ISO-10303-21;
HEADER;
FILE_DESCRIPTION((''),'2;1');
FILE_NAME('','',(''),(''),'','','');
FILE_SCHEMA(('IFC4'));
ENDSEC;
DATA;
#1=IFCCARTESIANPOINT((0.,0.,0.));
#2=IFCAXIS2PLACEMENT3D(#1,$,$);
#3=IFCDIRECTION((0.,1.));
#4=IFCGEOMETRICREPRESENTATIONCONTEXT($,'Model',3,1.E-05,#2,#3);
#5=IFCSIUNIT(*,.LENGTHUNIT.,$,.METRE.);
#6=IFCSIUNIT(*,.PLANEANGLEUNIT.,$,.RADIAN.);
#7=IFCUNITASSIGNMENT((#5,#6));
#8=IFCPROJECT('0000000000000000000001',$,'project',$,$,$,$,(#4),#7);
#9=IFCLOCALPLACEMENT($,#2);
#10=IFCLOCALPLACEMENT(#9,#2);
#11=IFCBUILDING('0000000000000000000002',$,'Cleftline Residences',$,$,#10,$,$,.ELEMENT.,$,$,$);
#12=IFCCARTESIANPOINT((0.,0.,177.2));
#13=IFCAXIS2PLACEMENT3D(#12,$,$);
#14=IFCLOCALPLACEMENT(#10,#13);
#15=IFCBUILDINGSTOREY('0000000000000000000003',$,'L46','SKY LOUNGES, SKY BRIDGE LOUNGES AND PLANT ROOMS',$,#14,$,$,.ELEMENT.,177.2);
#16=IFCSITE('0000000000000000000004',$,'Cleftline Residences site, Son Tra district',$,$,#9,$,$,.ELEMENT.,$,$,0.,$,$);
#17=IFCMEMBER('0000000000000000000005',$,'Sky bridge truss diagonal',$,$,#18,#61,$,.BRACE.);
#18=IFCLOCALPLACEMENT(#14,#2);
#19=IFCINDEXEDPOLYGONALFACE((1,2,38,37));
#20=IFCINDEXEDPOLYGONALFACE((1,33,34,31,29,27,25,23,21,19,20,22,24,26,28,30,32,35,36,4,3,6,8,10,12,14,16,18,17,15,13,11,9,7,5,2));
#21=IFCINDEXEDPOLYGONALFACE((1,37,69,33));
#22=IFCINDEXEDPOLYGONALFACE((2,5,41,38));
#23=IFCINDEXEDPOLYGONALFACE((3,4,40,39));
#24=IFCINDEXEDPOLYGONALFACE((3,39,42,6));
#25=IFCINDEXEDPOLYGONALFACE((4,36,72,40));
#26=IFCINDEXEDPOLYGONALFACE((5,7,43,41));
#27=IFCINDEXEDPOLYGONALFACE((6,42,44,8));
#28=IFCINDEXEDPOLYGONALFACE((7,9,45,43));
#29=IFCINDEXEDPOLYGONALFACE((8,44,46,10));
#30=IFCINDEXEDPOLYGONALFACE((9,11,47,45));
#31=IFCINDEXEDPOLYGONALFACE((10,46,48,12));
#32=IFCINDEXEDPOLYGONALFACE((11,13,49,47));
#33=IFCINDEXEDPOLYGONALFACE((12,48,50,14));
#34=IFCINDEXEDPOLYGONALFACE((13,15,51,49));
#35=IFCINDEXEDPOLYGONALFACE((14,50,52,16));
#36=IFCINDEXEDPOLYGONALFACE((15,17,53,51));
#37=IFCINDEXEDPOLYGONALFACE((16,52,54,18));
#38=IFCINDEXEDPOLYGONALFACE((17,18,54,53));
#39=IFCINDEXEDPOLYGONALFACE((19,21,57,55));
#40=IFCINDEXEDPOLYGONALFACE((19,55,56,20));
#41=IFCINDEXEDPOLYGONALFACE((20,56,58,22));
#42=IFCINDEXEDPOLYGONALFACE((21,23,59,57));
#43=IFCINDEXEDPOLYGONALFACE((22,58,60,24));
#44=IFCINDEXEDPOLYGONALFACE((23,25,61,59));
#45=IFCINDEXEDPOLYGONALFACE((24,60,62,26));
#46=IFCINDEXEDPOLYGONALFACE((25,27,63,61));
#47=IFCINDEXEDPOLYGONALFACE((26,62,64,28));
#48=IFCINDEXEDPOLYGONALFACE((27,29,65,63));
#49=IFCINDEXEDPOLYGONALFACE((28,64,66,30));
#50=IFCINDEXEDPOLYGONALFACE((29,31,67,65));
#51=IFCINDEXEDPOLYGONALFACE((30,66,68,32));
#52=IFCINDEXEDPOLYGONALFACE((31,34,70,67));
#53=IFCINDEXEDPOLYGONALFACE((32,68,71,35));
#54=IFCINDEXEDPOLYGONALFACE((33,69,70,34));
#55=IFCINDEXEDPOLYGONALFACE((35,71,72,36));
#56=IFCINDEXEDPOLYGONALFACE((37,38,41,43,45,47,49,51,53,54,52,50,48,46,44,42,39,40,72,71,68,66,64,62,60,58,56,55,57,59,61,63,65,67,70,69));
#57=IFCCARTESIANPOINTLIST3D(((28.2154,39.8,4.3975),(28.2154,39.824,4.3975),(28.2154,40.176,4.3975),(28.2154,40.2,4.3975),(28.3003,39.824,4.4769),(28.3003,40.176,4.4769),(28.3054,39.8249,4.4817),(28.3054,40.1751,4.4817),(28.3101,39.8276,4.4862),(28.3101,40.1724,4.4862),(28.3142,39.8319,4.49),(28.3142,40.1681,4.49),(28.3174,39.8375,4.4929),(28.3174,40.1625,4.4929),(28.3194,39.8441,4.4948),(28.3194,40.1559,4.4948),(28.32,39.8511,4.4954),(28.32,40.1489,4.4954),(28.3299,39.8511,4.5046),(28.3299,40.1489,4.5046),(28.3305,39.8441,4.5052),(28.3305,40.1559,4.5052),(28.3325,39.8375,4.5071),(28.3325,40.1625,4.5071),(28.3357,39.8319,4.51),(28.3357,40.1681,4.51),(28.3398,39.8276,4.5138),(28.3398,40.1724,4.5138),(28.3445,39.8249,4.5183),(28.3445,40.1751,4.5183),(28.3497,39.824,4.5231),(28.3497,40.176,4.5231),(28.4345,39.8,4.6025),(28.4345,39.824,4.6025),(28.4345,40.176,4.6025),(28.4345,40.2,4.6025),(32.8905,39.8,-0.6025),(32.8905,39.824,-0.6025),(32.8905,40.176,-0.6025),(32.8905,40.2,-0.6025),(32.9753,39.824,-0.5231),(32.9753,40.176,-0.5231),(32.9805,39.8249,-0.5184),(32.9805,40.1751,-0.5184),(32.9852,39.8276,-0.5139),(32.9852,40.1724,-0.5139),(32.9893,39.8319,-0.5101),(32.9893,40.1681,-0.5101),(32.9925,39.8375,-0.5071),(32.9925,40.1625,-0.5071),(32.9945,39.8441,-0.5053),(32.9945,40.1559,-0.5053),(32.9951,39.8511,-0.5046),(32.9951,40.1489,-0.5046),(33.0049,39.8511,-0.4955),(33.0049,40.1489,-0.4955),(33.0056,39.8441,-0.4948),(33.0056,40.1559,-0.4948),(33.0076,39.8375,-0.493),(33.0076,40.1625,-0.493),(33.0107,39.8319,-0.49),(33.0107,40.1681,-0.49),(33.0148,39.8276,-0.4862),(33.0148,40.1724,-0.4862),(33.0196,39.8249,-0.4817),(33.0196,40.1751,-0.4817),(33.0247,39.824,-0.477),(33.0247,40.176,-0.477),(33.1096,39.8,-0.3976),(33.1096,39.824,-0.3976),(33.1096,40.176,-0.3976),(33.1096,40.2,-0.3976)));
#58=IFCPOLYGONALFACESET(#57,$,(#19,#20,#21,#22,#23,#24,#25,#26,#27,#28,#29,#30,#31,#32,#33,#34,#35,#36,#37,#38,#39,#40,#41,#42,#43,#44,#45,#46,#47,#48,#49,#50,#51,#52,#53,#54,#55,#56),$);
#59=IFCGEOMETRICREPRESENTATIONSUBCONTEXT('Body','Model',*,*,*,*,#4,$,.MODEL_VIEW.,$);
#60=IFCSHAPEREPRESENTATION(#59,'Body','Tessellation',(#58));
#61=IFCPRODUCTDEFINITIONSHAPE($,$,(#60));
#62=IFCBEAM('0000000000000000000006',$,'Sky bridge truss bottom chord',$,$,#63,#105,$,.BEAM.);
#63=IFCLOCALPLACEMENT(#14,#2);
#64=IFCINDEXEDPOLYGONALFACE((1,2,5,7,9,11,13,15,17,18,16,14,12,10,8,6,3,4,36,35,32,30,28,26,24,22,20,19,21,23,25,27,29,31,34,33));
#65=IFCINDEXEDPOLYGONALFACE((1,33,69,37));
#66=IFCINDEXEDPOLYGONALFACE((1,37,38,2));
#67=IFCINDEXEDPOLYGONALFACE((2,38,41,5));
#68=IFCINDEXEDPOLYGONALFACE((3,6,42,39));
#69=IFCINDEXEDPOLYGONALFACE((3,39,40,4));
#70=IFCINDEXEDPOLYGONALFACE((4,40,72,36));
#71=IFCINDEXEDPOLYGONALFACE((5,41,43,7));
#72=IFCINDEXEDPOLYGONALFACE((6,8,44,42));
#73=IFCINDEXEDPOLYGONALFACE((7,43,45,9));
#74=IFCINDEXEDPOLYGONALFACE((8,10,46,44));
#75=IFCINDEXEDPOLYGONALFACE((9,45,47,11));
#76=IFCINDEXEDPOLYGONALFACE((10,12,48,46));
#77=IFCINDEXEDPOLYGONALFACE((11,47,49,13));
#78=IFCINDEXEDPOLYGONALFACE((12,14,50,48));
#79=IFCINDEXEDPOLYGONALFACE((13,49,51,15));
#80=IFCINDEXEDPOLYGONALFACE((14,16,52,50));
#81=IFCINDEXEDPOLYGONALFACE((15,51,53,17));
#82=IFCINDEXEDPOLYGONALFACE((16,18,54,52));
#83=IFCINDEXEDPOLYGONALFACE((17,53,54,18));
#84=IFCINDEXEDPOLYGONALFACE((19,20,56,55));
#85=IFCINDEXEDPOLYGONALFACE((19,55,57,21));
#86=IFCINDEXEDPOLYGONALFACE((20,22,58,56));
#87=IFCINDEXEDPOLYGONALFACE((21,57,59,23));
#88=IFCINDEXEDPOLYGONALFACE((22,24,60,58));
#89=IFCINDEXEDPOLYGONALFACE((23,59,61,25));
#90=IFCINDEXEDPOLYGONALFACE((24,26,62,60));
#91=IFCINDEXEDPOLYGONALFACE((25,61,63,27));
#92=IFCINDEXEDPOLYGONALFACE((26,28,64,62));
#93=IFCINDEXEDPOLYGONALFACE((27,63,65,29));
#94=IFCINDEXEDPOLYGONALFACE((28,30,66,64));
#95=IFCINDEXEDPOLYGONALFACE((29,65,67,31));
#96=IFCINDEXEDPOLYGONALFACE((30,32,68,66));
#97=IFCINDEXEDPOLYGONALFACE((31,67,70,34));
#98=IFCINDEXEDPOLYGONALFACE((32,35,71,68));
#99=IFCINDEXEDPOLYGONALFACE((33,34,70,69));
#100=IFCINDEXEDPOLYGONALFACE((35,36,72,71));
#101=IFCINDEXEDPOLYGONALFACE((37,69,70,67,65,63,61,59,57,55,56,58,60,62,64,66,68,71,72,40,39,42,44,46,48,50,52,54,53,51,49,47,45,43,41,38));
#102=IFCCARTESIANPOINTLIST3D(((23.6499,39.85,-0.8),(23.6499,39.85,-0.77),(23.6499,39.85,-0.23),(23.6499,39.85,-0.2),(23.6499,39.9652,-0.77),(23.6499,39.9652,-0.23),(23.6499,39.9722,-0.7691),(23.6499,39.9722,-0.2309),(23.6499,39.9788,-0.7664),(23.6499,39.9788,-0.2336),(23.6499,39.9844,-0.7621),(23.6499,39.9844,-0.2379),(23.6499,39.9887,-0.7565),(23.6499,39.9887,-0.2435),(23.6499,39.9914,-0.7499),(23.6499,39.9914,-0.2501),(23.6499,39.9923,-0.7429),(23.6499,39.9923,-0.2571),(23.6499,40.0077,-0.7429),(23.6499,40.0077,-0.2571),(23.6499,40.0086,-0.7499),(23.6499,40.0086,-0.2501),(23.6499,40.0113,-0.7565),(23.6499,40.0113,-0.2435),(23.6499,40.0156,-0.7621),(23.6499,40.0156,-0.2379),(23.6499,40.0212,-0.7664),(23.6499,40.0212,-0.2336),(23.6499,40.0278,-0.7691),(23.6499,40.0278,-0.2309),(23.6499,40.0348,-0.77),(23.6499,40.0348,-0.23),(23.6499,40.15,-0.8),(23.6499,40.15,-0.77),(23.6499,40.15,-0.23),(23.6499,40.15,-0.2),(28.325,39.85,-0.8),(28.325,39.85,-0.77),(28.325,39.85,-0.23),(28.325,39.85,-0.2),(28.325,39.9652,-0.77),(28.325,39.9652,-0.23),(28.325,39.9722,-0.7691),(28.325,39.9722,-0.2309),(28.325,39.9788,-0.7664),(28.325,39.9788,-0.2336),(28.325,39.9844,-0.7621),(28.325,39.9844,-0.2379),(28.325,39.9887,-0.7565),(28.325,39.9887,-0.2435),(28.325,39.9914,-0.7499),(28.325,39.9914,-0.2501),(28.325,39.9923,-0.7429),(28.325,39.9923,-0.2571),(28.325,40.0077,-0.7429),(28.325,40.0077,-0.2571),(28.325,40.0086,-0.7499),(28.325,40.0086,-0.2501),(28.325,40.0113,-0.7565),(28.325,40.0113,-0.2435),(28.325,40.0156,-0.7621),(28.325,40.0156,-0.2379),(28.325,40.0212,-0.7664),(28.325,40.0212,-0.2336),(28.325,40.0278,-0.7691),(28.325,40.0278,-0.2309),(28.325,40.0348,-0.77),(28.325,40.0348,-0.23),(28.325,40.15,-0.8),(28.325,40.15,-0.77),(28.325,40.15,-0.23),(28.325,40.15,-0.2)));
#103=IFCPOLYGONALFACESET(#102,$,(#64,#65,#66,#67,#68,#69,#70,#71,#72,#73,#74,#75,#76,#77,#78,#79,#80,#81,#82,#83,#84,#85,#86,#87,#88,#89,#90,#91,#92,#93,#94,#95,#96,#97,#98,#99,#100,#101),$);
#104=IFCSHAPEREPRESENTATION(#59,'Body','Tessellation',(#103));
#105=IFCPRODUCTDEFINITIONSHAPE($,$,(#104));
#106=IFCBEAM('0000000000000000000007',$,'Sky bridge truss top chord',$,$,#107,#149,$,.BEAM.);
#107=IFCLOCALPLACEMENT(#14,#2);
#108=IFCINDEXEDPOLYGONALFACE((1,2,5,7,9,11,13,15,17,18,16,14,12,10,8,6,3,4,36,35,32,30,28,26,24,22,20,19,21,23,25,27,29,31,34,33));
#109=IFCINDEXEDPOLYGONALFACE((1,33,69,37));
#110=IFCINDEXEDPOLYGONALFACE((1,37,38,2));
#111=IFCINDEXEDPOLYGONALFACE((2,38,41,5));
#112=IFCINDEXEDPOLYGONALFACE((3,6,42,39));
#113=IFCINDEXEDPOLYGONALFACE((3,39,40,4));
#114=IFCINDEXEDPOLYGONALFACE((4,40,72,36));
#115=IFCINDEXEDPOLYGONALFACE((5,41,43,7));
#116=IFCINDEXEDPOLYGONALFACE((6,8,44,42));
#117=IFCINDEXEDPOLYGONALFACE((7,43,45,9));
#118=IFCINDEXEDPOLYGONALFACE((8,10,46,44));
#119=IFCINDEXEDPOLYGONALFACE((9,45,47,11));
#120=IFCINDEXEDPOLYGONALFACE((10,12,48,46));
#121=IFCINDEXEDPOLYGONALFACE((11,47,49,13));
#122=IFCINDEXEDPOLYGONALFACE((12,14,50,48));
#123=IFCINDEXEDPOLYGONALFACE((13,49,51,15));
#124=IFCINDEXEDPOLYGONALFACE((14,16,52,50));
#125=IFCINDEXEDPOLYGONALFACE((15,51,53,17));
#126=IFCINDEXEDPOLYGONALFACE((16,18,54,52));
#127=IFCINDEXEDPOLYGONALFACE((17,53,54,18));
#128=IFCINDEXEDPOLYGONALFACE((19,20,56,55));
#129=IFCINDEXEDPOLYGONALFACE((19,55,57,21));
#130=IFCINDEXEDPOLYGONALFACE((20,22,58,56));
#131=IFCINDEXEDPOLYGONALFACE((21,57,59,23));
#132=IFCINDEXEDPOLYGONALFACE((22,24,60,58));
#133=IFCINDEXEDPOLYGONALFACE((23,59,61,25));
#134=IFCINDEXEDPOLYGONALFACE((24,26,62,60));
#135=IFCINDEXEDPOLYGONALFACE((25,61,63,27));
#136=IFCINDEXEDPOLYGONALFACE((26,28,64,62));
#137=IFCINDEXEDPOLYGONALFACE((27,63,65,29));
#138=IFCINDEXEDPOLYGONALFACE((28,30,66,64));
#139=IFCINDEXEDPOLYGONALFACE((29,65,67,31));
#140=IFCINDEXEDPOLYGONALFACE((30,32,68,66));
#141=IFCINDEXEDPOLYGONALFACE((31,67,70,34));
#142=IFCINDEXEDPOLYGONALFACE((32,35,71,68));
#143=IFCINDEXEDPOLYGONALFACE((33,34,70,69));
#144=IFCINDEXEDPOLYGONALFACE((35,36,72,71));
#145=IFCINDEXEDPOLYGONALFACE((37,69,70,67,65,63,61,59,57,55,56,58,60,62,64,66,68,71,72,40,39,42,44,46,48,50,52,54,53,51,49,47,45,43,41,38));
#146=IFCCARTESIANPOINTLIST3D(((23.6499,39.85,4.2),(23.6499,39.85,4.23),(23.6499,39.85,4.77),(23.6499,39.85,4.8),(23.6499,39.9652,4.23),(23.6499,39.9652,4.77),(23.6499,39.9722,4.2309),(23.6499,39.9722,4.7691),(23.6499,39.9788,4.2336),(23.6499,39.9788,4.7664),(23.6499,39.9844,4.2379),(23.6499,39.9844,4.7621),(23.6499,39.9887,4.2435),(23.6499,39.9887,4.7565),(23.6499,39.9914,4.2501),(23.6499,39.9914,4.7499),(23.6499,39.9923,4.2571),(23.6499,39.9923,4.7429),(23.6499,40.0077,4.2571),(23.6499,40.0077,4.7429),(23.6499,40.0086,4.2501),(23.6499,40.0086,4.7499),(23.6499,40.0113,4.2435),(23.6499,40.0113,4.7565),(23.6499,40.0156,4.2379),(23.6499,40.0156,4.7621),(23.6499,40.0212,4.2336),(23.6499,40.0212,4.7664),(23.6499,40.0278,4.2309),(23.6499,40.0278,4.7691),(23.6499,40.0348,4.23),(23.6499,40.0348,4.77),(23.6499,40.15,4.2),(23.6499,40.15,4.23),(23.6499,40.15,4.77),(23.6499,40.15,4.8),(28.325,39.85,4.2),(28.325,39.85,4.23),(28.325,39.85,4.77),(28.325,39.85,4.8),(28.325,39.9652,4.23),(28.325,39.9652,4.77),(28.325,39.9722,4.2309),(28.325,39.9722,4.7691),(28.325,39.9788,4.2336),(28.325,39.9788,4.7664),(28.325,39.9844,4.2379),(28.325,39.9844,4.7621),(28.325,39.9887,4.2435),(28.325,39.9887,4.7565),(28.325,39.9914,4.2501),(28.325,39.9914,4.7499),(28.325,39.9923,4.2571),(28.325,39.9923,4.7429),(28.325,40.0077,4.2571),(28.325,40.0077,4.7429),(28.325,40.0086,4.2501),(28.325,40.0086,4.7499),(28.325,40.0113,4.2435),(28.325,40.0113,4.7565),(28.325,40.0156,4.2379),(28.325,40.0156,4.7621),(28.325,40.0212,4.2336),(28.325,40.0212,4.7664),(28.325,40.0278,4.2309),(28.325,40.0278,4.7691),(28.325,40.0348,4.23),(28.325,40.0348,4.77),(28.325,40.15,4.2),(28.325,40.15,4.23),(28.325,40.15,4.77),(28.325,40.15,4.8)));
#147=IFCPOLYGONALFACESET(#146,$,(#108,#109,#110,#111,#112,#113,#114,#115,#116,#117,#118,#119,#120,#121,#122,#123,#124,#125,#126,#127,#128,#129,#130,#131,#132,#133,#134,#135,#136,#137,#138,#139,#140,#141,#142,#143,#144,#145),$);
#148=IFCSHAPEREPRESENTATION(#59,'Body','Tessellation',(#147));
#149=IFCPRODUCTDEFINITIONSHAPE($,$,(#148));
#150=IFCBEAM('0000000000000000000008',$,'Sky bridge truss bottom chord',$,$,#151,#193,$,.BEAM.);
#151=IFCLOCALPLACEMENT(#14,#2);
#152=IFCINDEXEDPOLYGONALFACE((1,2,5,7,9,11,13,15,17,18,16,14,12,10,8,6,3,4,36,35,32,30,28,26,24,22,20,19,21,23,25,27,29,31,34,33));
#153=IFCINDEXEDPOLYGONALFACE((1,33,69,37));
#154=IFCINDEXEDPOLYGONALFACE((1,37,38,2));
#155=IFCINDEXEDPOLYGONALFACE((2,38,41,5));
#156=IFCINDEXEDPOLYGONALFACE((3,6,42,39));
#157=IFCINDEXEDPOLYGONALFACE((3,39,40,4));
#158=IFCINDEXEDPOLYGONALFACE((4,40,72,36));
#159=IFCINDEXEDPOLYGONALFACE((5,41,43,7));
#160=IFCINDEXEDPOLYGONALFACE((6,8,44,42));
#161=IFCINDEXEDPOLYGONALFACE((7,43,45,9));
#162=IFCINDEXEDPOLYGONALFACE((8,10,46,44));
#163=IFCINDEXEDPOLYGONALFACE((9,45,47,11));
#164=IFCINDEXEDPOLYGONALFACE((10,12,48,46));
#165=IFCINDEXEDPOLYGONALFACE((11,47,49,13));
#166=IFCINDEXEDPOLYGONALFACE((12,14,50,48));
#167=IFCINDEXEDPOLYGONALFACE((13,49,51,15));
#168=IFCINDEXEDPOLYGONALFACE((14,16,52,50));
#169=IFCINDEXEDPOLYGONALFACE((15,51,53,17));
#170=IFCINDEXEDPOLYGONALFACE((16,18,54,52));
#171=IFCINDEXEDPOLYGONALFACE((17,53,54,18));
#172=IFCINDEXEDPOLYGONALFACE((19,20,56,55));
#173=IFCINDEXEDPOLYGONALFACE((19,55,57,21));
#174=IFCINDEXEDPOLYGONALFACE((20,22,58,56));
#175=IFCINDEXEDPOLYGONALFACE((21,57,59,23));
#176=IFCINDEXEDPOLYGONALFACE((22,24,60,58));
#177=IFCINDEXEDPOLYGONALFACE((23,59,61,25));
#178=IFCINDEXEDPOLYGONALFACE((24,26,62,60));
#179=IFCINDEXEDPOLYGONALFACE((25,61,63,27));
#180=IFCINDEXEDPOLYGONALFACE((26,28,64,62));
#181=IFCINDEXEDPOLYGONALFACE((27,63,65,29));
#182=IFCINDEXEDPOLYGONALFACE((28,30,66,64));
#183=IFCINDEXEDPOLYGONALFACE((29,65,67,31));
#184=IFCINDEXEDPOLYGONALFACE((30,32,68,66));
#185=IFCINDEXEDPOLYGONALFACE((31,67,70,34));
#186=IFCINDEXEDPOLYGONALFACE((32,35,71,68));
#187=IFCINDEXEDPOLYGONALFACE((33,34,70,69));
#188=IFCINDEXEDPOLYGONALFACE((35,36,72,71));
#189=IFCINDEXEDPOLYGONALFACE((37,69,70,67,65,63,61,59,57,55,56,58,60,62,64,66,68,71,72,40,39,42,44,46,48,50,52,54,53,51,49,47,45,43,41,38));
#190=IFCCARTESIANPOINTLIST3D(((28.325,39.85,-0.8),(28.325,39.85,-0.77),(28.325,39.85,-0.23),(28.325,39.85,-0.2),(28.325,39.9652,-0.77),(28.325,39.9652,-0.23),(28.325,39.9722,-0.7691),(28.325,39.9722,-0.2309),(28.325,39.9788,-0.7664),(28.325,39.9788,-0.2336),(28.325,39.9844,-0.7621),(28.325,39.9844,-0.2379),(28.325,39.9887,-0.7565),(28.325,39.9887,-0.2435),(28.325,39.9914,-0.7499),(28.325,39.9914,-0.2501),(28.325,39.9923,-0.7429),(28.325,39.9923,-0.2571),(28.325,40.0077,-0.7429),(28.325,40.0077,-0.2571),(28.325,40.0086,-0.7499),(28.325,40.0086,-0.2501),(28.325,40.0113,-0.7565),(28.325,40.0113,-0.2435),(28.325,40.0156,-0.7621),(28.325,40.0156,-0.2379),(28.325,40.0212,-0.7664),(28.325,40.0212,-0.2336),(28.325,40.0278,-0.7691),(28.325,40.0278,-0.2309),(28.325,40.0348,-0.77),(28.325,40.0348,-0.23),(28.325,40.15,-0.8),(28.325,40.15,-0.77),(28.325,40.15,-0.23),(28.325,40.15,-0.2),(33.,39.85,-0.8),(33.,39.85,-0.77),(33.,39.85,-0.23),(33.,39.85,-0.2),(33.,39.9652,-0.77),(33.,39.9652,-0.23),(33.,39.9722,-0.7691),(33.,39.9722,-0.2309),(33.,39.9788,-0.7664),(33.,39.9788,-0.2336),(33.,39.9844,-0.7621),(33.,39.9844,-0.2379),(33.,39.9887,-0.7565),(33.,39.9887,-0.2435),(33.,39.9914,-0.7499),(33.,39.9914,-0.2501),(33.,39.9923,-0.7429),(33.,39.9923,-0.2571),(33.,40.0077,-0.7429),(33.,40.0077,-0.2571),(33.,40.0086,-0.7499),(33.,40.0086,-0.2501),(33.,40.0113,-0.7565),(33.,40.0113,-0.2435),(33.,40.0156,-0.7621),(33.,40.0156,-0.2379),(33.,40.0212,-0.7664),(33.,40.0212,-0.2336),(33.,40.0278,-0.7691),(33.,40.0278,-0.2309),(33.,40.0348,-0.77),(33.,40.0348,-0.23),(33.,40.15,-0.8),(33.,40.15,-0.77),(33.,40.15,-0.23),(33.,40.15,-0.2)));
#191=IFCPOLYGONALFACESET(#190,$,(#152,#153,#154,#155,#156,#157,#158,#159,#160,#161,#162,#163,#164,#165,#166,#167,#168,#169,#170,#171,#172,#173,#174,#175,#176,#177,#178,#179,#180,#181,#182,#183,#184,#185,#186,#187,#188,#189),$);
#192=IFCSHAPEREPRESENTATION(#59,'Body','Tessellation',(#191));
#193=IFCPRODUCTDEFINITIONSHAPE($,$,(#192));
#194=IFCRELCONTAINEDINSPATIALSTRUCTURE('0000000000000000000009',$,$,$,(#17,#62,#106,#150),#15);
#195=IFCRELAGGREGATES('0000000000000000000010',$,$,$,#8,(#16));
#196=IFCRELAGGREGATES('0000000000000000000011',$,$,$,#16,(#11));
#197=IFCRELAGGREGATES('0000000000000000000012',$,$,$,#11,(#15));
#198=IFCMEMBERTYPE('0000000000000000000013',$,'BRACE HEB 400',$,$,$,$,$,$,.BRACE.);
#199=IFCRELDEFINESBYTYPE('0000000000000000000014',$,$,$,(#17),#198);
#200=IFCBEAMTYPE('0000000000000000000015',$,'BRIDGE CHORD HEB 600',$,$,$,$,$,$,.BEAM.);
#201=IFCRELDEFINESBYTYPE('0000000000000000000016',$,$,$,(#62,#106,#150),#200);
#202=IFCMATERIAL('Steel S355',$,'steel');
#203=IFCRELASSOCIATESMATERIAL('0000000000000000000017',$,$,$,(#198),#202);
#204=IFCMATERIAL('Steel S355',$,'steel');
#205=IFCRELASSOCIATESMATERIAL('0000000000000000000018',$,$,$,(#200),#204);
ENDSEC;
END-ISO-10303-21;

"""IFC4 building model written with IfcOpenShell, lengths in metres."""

from ifc_helpers import new_model, si_unit, direction, frame, origin, origin_2d, place, context, subcontext, project, spatial, i_section, extrude, material, material_profile, profile_set, type_object, element, save


model = new_model("IFC4")

# Units and contexts
model_context = context("Model", 3, precision=1e-05, world=origin(), true_north=direction((0.0, 1.0)))
body_context = subcontext(model_context, "Body", "Model", "MODEL_VIEW")
ifc_project = project(units=[si_unit("LENGTHUNIT", "METRE"), si_unit("PLANEANGLEUNIT", "RADIAN")], contexts=[model_context])

# Site, building, storey
site_placement = place(None, origin())
site = spatial("IfcSite", under=ifc_project, at=site_placement, Name="Cleftline Residences site, Son Tra district", CompositionType="ELEMENT", RefElevation=0.0)
building_placement = place(site_placement, origin())
building = spatial("IfcBuilding", under=site, at=building_placement, Name="Cleftline Residences", CompositionType="ELEMENT")
storey_placement = place(building_placement, frame((0.0, 0.0, 177.2)))
storey = spatial("IfcBuildingStorey", under=building, at=storey_placement, Name="L46", Description="SKY LOUNGES, SKY BRIDGE LOUNGES AND PLANT ROOMS", CompositionType="ELEMENT", Elevation=177.2)

# Member
ifc_material_1 = material(Name="Steel S355", Category="steel")
ifc_material_profile_1 = material_profile(ifc_material_1, i_section(OverallWidth=0.3, OverallDepth=0.3999, WebThickness=0.0134, FlangeThickness=0.0239, FilletRadius=0.0271, at=origin_2d()))
ifc_profile_set_1 = profile_set([ifc_material_profile_1], Name="Steel S355")
member_type_1 = type_object("IfcMemberType", Name="BRACE HEB 400", PredefinedType="BRACE", material=ifc_profile_set_1)
for number, where, z_axis, x_axis, name in (
    (1, (28.325, 40.0, 4.5), (0.682972, 0.0, -0.730444), (0.730444, 0.0, 0.682972), "Sky bridge truss diagonal"),
):
    element("IfcMember", number, at=place(storey_placement, frame(where, z_axis=z_axis, x_axis=x_axis)), inside=storey, type_object=member_type_1, Name=name, PredefinedType="BRACE", context=body_context, shape_type="SweptSolid", body=[
        extrude(i_section(OverallWidth=0.3, OverallDepth=0.3999, WebThickness=0.0134, FlangeThickness=0.0239, FilletRadius=0.0271, at=origin_2d()), origin(), (0.0, 0.0, 1.0), 6.8452),
    ])

# Beams
ifc_material_2 = material(Name="Steel S355", Category="steel")
ifc_material_profile_2 = material_profile(ifc_material_2, i_section(OverallWidth=0.3, OverallDepth=0.6001, WebThickness=0.0154, FlangeThickness=0.03, FilletRadius=0.0271, at=origin_2d()))
ifc_profile_set_2 = profile_set([ifc_material_profile_2], Name="Steel S355")
beam_type_1 = type_object("IfcBeamType", Name="BRIDGE CHORD HEB 600", PredefinedType="BEAM", material=ifc_profile_set_2)
for number, where, z_axis, x_axis, name in (
    (2, (23.6499, 40.0, -0.5), (1.0, 0.0, 0.0), (0.0, 1.0, 0.0), "Sky bridge truss bottom chord"),
    (3, (23.6499, 40.0, 4.5), (1.0, 0.0, 0.0), (0.0, 1.0, 0.0), "Sky bridge truss top chord"),
    (4, (28.325, 40.0, -0.5), (1.0, 0.0, 0.0), (0.0, 1.0, 0.0), "Sky bridge truss bottom chord"),
):
    element("IfcBeam", number, at=place(storey_placement, frame(where, z_axis=z_axis, x_axis=x_axis)), inside=storey, type_object=beam_type_1, Name=name, PredefinedType="BEAM", context=body_context, shape_type="SweptSolid", body=[
        extrude(i_section(OverallWidth=0.3, OverallDepth=0.6001, WebThickness=0.0154, FlangeThickness=0.03, FilletRadius=0.0271, at=origin_2d()), origin(), (0.0, 0.0, 1.0), 4.675),
    ])

save(model, "model.ifc")
